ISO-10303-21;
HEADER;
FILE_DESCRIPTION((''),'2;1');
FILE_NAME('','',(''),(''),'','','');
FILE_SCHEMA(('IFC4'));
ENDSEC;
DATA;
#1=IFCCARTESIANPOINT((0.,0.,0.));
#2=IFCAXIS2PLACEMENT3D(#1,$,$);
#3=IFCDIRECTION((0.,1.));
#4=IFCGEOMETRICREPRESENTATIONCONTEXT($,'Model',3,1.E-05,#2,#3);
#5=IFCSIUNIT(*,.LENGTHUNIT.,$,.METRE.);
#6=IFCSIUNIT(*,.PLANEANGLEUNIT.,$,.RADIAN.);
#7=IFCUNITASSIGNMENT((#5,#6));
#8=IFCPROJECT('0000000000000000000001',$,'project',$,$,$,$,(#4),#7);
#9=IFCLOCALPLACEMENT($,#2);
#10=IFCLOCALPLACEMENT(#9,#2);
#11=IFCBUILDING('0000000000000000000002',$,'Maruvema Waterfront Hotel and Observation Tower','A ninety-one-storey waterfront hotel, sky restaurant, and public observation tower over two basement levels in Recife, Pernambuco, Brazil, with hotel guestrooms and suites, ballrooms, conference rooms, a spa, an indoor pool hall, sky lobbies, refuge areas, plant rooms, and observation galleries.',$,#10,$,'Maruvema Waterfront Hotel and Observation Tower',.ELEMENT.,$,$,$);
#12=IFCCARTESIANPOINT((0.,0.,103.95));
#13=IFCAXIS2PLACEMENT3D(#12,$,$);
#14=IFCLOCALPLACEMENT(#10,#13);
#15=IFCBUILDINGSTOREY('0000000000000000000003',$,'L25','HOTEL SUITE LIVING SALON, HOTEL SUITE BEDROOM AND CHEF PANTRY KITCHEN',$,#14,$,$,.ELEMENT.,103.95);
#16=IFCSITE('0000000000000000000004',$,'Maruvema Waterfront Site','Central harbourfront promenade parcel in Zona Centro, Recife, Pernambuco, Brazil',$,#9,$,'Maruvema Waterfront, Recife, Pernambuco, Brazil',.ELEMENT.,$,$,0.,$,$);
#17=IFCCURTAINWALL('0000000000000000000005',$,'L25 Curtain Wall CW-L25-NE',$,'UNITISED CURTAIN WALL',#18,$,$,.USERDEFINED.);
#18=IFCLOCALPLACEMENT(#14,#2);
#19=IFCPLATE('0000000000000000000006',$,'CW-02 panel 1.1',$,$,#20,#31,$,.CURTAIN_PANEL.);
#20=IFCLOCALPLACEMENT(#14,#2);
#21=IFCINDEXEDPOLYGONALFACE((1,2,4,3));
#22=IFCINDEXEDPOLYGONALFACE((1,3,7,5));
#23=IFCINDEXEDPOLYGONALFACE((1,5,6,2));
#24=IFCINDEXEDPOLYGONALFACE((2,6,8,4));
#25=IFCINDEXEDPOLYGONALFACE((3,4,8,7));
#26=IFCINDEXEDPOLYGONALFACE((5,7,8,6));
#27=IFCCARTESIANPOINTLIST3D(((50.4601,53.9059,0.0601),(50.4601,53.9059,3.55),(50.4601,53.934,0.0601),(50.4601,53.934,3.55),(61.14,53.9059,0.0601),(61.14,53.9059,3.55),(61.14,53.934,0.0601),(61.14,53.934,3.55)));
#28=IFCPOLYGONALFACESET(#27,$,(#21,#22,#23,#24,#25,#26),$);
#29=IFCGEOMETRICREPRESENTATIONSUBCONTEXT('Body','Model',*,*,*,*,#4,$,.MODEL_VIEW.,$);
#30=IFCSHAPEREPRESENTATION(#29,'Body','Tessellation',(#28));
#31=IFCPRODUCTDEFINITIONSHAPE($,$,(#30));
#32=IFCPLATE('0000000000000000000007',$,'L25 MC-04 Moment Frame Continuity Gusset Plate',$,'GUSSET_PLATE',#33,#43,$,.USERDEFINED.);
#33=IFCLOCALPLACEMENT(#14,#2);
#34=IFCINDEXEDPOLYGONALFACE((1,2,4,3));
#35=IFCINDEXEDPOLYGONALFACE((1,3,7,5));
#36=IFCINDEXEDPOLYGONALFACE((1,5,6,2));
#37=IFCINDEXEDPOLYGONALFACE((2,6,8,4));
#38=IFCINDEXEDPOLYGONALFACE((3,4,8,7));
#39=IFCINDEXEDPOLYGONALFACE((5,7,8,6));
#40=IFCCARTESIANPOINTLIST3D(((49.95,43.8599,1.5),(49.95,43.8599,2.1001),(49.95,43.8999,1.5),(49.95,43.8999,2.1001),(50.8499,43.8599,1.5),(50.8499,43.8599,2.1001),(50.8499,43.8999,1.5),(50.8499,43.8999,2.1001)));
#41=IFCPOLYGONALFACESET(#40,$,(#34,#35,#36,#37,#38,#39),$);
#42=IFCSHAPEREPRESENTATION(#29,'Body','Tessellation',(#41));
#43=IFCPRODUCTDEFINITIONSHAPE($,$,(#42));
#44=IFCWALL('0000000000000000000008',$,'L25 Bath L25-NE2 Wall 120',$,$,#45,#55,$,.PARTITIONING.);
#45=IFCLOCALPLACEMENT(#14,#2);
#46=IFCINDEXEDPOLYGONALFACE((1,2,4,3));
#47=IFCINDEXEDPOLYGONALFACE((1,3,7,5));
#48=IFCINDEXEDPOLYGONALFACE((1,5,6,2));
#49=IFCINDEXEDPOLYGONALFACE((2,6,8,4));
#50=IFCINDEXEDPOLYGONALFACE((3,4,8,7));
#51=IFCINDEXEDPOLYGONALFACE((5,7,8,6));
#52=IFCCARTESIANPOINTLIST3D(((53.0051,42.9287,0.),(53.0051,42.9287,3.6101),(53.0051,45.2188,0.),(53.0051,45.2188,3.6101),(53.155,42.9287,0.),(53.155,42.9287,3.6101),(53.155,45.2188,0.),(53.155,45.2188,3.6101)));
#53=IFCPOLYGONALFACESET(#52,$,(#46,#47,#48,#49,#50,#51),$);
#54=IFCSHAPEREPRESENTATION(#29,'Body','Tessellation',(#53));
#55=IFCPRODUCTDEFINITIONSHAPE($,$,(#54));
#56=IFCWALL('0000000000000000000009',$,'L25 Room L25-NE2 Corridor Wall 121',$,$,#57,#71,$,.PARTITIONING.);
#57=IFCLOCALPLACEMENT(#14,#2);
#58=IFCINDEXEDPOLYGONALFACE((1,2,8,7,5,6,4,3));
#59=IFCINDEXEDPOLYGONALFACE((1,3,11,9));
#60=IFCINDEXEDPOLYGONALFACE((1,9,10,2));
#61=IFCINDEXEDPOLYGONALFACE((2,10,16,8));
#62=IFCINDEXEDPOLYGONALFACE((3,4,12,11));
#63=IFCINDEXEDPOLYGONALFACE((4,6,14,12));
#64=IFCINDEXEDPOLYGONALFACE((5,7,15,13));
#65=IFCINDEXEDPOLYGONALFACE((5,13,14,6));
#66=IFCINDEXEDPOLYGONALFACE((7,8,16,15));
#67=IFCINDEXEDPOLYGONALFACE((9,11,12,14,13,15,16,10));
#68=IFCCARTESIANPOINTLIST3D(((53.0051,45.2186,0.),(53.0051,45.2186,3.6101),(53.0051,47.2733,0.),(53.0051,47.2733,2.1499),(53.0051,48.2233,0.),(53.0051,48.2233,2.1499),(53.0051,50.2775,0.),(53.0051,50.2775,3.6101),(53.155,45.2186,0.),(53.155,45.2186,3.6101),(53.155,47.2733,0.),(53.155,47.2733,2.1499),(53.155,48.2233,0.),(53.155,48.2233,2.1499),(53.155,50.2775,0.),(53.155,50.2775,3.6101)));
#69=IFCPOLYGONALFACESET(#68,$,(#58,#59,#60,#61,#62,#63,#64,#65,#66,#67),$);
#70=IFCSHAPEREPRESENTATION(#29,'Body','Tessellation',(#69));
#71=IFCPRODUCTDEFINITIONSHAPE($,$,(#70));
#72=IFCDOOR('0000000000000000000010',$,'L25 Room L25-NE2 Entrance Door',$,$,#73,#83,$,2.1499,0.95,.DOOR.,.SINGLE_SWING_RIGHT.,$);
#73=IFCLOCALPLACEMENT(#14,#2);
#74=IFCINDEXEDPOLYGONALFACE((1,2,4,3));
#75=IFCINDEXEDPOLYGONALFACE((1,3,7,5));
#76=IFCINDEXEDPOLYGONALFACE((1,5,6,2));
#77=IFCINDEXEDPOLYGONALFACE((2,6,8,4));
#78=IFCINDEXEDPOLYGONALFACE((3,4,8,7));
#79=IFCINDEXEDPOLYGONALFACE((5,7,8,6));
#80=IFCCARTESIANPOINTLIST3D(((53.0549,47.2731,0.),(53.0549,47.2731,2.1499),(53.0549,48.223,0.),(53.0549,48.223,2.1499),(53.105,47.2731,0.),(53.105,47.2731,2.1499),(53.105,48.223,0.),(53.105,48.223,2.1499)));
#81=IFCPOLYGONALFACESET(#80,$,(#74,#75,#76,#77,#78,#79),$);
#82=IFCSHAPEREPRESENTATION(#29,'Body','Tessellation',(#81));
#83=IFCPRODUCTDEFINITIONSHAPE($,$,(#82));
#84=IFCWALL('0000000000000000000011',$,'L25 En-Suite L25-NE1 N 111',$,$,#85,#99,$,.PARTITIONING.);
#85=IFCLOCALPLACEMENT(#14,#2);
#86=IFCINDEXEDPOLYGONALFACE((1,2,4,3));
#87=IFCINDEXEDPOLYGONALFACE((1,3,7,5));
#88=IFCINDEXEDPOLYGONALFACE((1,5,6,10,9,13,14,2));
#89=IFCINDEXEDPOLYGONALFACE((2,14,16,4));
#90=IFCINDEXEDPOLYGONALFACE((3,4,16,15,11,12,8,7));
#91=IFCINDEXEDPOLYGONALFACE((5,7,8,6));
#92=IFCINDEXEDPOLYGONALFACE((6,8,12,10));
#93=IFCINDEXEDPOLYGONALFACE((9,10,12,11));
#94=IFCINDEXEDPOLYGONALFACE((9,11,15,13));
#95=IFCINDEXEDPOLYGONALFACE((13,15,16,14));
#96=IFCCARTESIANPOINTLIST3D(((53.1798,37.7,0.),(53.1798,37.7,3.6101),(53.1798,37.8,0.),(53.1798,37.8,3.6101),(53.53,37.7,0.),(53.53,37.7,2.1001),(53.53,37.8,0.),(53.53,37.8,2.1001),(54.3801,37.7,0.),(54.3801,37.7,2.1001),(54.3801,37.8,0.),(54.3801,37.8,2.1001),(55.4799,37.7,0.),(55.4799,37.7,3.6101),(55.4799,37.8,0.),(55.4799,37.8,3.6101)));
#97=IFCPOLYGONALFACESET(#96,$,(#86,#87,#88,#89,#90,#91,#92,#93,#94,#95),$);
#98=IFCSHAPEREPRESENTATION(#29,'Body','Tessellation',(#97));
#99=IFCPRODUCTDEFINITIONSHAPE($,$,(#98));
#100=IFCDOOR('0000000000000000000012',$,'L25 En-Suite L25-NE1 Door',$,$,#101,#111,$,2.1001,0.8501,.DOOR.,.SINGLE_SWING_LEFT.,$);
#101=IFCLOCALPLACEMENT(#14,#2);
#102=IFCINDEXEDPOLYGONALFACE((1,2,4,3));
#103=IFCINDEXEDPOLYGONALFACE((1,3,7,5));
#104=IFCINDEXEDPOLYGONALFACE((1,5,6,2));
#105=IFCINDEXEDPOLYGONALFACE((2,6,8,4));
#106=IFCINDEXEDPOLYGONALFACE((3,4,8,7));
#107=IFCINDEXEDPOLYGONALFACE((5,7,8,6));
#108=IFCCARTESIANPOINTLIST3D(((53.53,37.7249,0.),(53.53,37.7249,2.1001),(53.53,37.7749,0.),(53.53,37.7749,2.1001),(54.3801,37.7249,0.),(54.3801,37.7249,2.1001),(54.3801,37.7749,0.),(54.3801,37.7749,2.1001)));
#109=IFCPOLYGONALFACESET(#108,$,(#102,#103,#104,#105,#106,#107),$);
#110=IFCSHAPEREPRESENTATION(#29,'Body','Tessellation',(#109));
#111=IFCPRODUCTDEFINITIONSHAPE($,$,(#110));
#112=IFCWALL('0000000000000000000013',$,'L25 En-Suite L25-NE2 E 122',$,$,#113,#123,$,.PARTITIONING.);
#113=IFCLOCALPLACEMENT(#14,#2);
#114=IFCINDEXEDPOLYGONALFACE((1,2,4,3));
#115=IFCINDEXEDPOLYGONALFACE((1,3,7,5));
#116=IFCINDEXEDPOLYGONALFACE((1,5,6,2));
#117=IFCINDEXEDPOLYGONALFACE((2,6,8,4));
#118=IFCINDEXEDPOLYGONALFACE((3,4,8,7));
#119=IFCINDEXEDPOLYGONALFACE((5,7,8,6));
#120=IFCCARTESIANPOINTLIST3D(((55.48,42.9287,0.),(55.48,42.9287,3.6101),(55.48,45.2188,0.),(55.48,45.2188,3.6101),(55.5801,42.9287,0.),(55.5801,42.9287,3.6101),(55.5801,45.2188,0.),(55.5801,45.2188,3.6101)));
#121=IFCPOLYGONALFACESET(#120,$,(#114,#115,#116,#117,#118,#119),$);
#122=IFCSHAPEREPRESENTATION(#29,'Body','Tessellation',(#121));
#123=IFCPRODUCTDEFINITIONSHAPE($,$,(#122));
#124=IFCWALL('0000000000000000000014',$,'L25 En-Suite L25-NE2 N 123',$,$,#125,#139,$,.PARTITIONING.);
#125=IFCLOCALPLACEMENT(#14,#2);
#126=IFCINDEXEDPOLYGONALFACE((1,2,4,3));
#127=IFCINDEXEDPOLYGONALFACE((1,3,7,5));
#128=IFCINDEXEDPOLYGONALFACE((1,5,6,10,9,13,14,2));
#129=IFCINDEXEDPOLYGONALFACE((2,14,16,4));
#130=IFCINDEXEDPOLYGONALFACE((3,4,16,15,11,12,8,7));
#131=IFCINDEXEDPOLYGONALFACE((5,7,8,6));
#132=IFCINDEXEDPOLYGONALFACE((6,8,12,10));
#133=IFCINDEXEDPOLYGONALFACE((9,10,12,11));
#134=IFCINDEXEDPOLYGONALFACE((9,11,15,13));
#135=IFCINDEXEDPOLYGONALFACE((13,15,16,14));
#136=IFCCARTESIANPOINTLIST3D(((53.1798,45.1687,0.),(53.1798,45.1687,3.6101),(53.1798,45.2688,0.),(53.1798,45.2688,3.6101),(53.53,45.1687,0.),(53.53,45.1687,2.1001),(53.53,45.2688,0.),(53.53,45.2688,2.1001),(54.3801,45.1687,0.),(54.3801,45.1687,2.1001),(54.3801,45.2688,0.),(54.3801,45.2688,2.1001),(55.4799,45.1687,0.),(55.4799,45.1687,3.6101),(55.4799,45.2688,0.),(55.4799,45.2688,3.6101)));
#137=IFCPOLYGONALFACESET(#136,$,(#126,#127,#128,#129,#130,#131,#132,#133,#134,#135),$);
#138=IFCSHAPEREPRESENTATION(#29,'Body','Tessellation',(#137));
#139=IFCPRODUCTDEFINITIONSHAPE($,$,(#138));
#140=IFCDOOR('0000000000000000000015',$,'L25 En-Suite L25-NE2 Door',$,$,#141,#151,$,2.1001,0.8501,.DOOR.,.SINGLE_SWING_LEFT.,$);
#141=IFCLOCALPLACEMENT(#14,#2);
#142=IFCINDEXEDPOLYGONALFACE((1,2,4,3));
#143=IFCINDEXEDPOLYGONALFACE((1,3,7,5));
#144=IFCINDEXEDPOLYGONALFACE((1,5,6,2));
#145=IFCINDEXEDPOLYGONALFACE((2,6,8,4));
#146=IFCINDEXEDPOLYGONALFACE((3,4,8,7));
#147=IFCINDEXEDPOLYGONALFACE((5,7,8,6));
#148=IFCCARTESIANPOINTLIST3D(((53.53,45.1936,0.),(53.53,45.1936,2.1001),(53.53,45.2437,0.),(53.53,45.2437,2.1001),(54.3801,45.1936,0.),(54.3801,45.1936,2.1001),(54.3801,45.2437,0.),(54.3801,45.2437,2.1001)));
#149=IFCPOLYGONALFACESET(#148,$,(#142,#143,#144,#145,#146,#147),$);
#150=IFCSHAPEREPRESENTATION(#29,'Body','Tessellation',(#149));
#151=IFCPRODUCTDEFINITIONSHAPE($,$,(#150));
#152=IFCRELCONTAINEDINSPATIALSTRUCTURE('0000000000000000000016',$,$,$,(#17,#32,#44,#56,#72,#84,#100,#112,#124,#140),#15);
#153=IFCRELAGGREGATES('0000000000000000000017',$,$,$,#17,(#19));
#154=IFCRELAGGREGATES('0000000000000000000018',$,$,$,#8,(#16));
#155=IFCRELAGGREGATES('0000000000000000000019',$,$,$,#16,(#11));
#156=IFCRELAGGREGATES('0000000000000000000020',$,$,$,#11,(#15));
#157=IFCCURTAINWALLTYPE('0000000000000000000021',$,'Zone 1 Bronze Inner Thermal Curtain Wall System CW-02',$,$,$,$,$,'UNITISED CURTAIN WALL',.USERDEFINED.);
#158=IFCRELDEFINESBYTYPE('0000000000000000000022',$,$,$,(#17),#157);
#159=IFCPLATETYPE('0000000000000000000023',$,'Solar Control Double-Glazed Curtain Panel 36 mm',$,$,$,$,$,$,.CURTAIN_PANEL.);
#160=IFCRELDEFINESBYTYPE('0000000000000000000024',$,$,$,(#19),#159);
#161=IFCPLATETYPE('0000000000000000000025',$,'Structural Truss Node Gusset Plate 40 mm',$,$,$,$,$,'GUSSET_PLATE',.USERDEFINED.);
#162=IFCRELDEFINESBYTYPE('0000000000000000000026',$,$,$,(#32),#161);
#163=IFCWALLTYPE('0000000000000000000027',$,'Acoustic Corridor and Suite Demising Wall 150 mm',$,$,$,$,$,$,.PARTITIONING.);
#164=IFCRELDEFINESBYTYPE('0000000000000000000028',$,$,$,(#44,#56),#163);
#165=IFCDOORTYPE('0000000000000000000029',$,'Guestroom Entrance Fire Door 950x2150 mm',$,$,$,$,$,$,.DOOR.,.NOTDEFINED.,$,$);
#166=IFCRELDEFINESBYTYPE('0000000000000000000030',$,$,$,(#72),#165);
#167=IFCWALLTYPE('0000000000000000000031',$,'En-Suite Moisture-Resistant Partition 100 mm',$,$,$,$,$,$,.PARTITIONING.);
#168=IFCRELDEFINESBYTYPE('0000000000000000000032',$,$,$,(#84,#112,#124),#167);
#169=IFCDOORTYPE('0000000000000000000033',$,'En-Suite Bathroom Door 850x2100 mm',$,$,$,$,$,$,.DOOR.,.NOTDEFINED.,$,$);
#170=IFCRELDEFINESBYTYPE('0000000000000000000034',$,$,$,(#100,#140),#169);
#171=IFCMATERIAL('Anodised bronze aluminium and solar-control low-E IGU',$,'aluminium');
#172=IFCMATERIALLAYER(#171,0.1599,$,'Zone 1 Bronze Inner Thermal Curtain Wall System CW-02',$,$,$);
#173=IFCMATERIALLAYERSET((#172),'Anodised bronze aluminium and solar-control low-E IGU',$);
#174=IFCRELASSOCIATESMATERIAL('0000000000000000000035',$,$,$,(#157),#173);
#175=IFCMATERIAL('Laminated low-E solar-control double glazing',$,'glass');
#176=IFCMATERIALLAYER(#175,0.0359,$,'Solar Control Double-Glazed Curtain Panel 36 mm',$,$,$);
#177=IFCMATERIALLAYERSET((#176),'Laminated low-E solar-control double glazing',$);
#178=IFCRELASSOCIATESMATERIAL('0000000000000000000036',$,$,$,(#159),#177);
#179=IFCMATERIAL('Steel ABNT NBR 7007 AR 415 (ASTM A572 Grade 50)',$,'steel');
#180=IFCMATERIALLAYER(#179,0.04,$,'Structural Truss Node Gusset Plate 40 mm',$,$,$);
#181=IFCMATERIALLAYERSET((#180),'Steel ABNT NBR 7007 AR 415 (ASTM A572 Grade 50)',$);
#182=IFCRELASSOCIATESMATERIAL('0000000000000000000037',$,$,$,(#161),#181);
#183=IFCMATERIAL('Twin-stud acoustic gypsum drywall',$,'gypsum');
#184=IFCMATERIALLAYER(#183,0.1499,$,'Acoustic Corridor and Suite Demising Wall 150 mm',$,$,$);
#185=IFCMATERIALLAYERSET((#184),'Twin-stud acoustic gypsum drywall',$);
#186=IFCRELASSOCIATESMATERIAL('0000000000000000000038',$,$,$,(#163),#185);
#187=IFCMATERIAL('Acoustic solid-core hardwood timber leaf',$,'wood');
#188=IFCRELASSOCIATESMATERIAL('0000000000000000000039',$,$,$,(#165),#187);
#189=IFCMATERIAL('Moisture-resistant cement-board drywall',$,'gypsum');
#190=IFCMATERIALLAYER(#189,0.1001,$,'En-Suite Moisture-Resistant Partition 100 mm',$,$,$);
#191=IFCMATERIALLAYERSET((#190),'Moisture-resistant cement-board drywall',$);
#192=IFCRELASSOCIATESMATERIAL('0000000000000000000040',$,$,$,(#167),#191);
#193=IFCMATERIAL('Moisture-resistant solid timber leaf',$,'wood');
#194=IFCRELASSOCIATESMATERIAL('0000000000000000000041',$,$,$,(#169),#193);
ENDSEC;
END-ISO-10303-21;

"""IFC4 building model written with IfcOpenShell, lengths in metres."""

from ifc_helpers import new_model, si_unit, direction, frame, frame_2d, origin, origin_2d, place, context, subcontext, project, spatial, rectangle, extrude, material, layer, layer_set, type_object, element, fill, aggregate, save


model = new_model("IFC4")

# Units and contexts
model_context = context("Model", 3, precision=1e-05, world=origin(), true_north=direction((0.0, 1.0)))
body_context = subcontext(model_context, "Body", "Model", "MODEL_VIEW")
ifc_project = project(units=[si_unit("LENGTHUNIT", "METRE"), si_unit("PLANEANGLEUNIT", "RADIAN")], contexts=[model_context])

# Site, building, storey
site_placement = place(None, origin())
site = spatial("IfcSite", under=ifc_project, at=site_placement, Name="Maruvema Waterfront Site", Description="Central harbourfront promenade parcel in Zona Centro, Recife, Pernambuco, Brazil", LongName="Maruvema Waterfront, Recife, Pernambuco, Brazil", CompositionType="ELEMENT", RefElevation=0.0)
building_placement = place(site_placement, origin())
building = spatial("IfcBuilding", under=site, at=building_placement, Name="Maruvema Waterfront Hotel and Observation Tower", Description="A ninety-one-storey waterfront hotel, sky restaurant, and public observation tower over two basement levels in Recife, Pernambuco, Brazil, with hotel guestrooms and suites, ballrooms, conference rooms, a spa, an indoor pool hall, sky lobbies, refuge areas, plant rooms, and observation galleries.", LongName="Maruvema Waterfront Hotel and Observation Tower", CompositionType="ELEMENT")
storey_placement = place(building_placement, frame((0.0, 0.0, 103.95)))
storey = spatial("IfcBuildingStorey", under=building, at=storey_placement, Name="L25", Description="HOTEL SUITE LIVING SALON, HOTEL SUITE BEDROOM AND CHEF PANTRY KITCHEN", CompositionType="ELEMENT", Elevation=103.95)

# Curtain wall
ifc_material_1 = material(Name="Anodised bronze aluminium and solar-control low-E IGU", Category="aluminium")
ifc_layer_1 = layer(ifc_material_1, 0.1599, Name="Zone 1 Bronze Inner Thermal Curtain Wall System CW-02")
ifc_layer_set_1 = layer_set([ifc_layer_1], Name="Anodised bronze aluminium and solar-control low-E IGU")
curtain_wall_type = type_object("IfcCurtainWallType", Name="Zone 1 Bronze Inner Thermal Curtain Wall System CW-02", ElementType="UNITISED CURTAIN WALL", PredefinedType="USERDEFINED", material=ifc_layer_set_1)
curtain_wall_1_placement = place(storey_placement, origin())
curtain_wall_1 = element("IfcCurtainWall", 1, at=curtain_wall_1_placement, inside=storey, type_object=curtain_wall_type, Name="L25 Curtain Wall CW-L25-NE", ObjectType="UNITISED CURTAIN WALL", PredefinedType="USERDEFINED")

# Plates
ifc_material_2 = material(Name="Laminated low-E solar-control double glazing", Category="glass")
ifc_layer_2 = layer(ifc_material_2, 0.0359, Name="Solar Control Double-Glazed Curtain Panel 36 mm")
ifc_layer_set_2 = layer_set([ifc_layer_2], Name="Laminated low-E solar-control double glazing")
plate_type_1 = type_object("IfcPlateType", Name="Solar Control Double-Glazed Curtain Panel 36 mm", PredefinedType="CURTAIN_PANEL", material=ifc_layer_set_2)
plate_1_placement = place(storey_placement, frame((55.8, 53.9199, 0.0601), z_axis=(0.0, 0.0, 1.0), x_axis=(-1.0, 0.0, 0.0)))
plate_1 = element("IfcPlate", 2, at=plate_1_placement, type_object=plate_type_1, Name="CW-02 panel 1.1", PredefinedType="CURTAIN_PANEL", context=body_context, shape_type="SweptSolid", body=[
    extrude(rectangle(XDim=10.6799, YDim=0.0281, at=origin_2d()), origin(), (0.0, 0.0, 1.0), 3.49),
])
aggregate(curtain_wall_1, [plate_1])
ifc_material_3 = material(Name="Steel ABNT NBR 7007 AR 415 (ASTM A572 Grade 50)", Category="steel")
ifc_layer_3 = layer(ifc_material_3, 0.04, Name="Structural Truss Node Gusset Plate 40 mm")
ifc_layer_set_3 = layer_set([ifc_layer_3], Name="Steel ABNT NBR 7007 AR 415 (ASTM A572 Grade 50)")
plate_type_2 = type_object("IfcPlateType", Name="Structural Truss Node Gusset Plate 40 mm", ElementType="GUSSET_PLATE", PredefinedType="USERDEFINED", material=ifc_layer_set_3)
plate_2_placement = place(storey_placement, frame((50.3999, 43.8799, 1.5), z_axis=(0.0, 0.0, 1.0), x_axis=(1.0, 0.0, 0.0)))
element("IfcPlate", 3, at=plate_2_placement, inside=storey, type_object=plate_type_2, Name="L25 MC-04 Moment Frame Continuity Gusset Plate", ObjectType="GUSSET_PLATE", PredefinedType="USERDEFINED", context=body_context, shape_type="SweptSolid", body=[
    extrude(rectangle(XDim=0.8999, YDim=0.04, at=origin_2d()), origin(), (0.0, 0.0, 1.0), 0.6001),
])

# Wall
ifc_material_4 = material(Name="Twin-stud acoustic gypsum drywall", Category="gypsum")
ifc_layer_4 = layer(ifc_material_4, 0.1499, Name="Acoustic Corridor and Suite Demising Wall 150 mm")
ifc_layer_set_4 = layer_set([ifc_layer_4], Name="Twin-stud acoustic gypsum drywall")
wall_type_1 = type_object("IfcWallType", Name="Acoustic Corridor and Suite Demising Wall 150 mm", PredefinedType="PARTITIONING", material=ifc_layer_set_4)
wall_1_placement = place(storey_placement, frame((53.0801, 42.9287, 0.0), z_axis=(0.0, 0.0, 1.0), x_axis=(0.0, 1.0, 0.0)))
element("IfcWall", 4, at=wall_1_placement, inside=storey, type_object=wall_type_1, Name="L25 Bath L25-NE2 Wall 120", PredefinedType="PARTITIONING", context=body_context, shape_type="SweptSolid", body=[
    extrude(rectangle(XDim=2.29, YDim=0.1499, at=frame_2d((1.145, 0.0))), origin(), (0.0, 0.0, 1.0), 3.6101),
])

# Walls, openings, doors
wall_2_placement = place(storey_placement, frame((53.0801, 45.2188, 0.0), z_axis=(0.0, 0.0, 1.0), x_axis=(0.0, 1.0, 0.0)))
wall_2 = element("IfcWall", 5, at=wall_2_placement, inside=storey, type_object=wall_type_1, Name="L25 Room L25-NE2 Corridor Wall 121", PredefinedType="PARTITIONING", context=body_context, shape_type="SweptSolid", body=[
    extrude(rectangle(XDim=5.0588, YDim=0.1499, at=frame_2d((2.5293, 0.0))), origin(), (0.0, 0.0, 1.0), 3.6101),
])
opening_1_placement = place(wall_2_placement, frame((2.0544, 0.0, 0.0)))
opening_1 = element("IfcOpeningElement", 6, at=opening_1_placement, cuts=wall_2, PredefinedType="OPENING", context=body_context, shape_type="SweptSolid", body=[
    extrude(rectangle(XDim=0.95, YDim=2.1499, at=frame_2d((0.4751, 1.075))), frame((0.0, 0.085, 0.0), z_axis=(0.0, -1.0, 0.0), x_axis=(1.0, 0.0, 0.0)), (0.0, 0.0, 1.0), 0.1699),
])
ifc_material_5 = material(Name="Acoustic solid-core hardwood timber leaf", Category="wood")
door_type_1 = type_object("IfcDoorType", Name="Guestroom Entrance Fire Door 950x2150 mm", OperationType="NOTDEFINED", PredefinedType="DOOR", material=ifc_material_5)
door_1_placement = place(opening_1_placement, frame((0.95, 0.0, 0.0), z_axis=(0.0, 0.0, 1.0), x_axis=(-1.0, 0.0, 0.0)))
door_1 = element("IfcDoor", 7, at=door_1_placement, inside=storey, type_object=door_type_1, Name="L25 Room L25-NE2 Entrance Door", OperationType="SINGLE_SWING_RIGHT", OverallHeight=2.1499, OverallWidth=0.95, PredefinedType="DOOR", context=body_context, shape_type="SweptSolid", body=[
    extrude(rectangle(XDim=0.95, YDim=2.1499, at=frame_2d((0.4751, 1.075))), frame((0.0, 0.0249, 0.0), z_axis=(0.0, -1.0, 0.0), x_axis=(1.0, 0.0, 0.0)), (0.0, 0.0, 1.0), 0.05),
])
fill(opening_1, door_1)
ifc_material_6 = material(Name="Moisture-resistant cement-board drywall", Category="gypsum")
ifc_layer_5 = layer(ifc_material_6, 0.1001, Name="En-Suite Moisture-Resistant Partition 100 mm")
ifc_layer_set_5 = layer_set([ifc_layer_5], Name="Moisture-resistant cement-board drywall")
wall_type_2 = type_object("IfcWallType", Name="En-Suite Moisture-Resistant Partition 100 mm", PredefinedType="PARTITIONING", material=ifc_layer_set_5)
wall_3_placement = place(storey_placement, frame((53.1799, 37.75, 0.0), z_axis=(0.0, 0.0, 1.0), x_axis=(1.0, 0.0, 0.0)))
wall_3 = element("IfcWall", 8, at=wall_3_placement, inside=storey, type_object=wall_type_2, Name="L25 En-Suite L25-NE1 N 111", PredefinedType="PARTITIONING", context=body_context, shape_type="SweptSolid", body=[
    extrude(rectangle(XDim=2.3, YDim=0.1001, at=frame_2d((1.1499, 0.0))), origin(), (0.0, 0.0, 1.0), 3.6101),
])
opening_2_placement = place(wall_3_placement, frame((0.3501, 0.0, 0.0)))
opening_2 = element("IfcOpeningElement", 9, at=opening_2_placement, cuts=wall_3, PredefinedType="OPENING", context=body_context, shape_type="SweptSolid", body=[
    extrude(rectangle(XDim=0.8501, YDim=2.1001, at=frame_2d((0.425, 1.05))), frame((0.0, 0.0601, 0.0), z_axis=(0.0, -1.0, 0.0), x_axis=(1.0, 0.0, 0.0)), (0.0, 0.0, 1.0), 0.1201),
])
ifc_material_7 = material(Name="Moisture-resistant solid timber leaf", Category="wood")
door_type_2 = type_object("IfcDoorType", Name="En-Suite Bathroom Door 850x2100 mm", OperationType="NOTDEFINED", PredefinedType="DOOR", material=ifc_material_7)
door_2_placement = place(opening_2_placement, origin())
door_2 = element("IfcDoor", 10, at=door_2_placement, inside=storey, type_object=door_type_2, Name="L25 En-Suite L25-NE1 Door", OperationType="SINGLE_SWING_LEFT", OverallHeight=2.1001, OverallWidth=0.8501, PredefinedType="DOOR", context=body_context, shape_type="SweptSolid", body=[
    extrude(rectangle(XDim=0.8501, YDim=2.1001, at=frame_2d((0.425, 1.05))), frame((0.0, 0.0249, 0.0), z_axis=(0.0, -1.0, 0.0), x_axis=(1.0, 0.0, 0.0)), (0.0, 0.0, 1.0), 0.05),
])
fill(opening_2, door_2)

# Wall
wall_4_placement = place(storey_placement, frame((55.53, 42.9287, 0.0), z_axis=(0.0, 0.0, 1.0), x_axis=(0.0, 1.0, 0.0)))
element("IfcWall", 11, at=wall_4_placement, inside=storey, type_object=wall_type_2, Name="L25 En-Suite L25-NE2 E 122", PredefinedType="PARTITIONING", context=body_context, shape_type="SweptSolid", body=[
    extrude(rectangle(XDim=2.29, YDim=0.1001, at=frame_2d((1.145, 0.0))), origin(), (0.0, 0.0, 1.0), 3.6101),
])

# Wall, opening, door
wall_5_placement = place(storey_placement, frame((53.1799, 45.2188, 0.0), z_axis=(0.0, 0.0, 1.0), x_axis=(1.0, 0.0, 0.0)))
wall_5 = element("IfcWall", 12, at=wall_5_placement, inside=storey, type_object=wall_type_2, Name="L25 En-Suite L25-NE2 N 123", PredefinedType="PARTITIONING", context=body_context, shape_type="SweptSolid", body=[
    extrude(rectangle(XDim=2.3, YDim=0.1001, at=frame_2d((1.1499, 0.0))), origin(), (0.0, 0.0, 1.0), 3.6101),
])
opening_3_placement = place(wall_5_placement, frame((0.3501, 0.0, 0.0)))
opening_3 = element("IfcOpeningElement", 13, at=opening_3_placement, cuts=wall_5, PredefinedType="OPENING", context=body_context, shape_type="SweptSolid", body=[
    extrude(rectangle(XDim=0.8501, YDim=2.1001, at=frame_2d((0.425, 1.05))), frame((0.0, 0.0601, 0.0), z_axis=(0.0, -1.0, 0.0), x_axis=(1.0, 0.0, 0.0)), (0.0, 0.0, 1.0), 0.1201),
])
door_3_placement = place(opening_3_placement, origin())
door_3 = element("IfcDoor", 14, at=door_3_placement, inside=storey, type_object=door_type_2, Name="L25 En-Suite L25-NE2 Door", OperationType="SINGLE_SWING_LEFT", OverallHeight=2.1001, OverallWidth=0.8501, PredefinedType="DOOR", context=body_context, shape_type="SweptSolid", body=[
    extrude(rectangle(XDim=0.8501, YDim=2.1001, at=frame_2d((0.425, 1.05))), frame((0.0, 0.0249, 0.0), z_axis=(0.0, -1.0, 0.0), x_axis=(1.0, 0.0, 0.0)), (0.0, 0.0, 1.0), 0.05),
])
fill(opening_3, door_3)

save(model, "model.ifc")
